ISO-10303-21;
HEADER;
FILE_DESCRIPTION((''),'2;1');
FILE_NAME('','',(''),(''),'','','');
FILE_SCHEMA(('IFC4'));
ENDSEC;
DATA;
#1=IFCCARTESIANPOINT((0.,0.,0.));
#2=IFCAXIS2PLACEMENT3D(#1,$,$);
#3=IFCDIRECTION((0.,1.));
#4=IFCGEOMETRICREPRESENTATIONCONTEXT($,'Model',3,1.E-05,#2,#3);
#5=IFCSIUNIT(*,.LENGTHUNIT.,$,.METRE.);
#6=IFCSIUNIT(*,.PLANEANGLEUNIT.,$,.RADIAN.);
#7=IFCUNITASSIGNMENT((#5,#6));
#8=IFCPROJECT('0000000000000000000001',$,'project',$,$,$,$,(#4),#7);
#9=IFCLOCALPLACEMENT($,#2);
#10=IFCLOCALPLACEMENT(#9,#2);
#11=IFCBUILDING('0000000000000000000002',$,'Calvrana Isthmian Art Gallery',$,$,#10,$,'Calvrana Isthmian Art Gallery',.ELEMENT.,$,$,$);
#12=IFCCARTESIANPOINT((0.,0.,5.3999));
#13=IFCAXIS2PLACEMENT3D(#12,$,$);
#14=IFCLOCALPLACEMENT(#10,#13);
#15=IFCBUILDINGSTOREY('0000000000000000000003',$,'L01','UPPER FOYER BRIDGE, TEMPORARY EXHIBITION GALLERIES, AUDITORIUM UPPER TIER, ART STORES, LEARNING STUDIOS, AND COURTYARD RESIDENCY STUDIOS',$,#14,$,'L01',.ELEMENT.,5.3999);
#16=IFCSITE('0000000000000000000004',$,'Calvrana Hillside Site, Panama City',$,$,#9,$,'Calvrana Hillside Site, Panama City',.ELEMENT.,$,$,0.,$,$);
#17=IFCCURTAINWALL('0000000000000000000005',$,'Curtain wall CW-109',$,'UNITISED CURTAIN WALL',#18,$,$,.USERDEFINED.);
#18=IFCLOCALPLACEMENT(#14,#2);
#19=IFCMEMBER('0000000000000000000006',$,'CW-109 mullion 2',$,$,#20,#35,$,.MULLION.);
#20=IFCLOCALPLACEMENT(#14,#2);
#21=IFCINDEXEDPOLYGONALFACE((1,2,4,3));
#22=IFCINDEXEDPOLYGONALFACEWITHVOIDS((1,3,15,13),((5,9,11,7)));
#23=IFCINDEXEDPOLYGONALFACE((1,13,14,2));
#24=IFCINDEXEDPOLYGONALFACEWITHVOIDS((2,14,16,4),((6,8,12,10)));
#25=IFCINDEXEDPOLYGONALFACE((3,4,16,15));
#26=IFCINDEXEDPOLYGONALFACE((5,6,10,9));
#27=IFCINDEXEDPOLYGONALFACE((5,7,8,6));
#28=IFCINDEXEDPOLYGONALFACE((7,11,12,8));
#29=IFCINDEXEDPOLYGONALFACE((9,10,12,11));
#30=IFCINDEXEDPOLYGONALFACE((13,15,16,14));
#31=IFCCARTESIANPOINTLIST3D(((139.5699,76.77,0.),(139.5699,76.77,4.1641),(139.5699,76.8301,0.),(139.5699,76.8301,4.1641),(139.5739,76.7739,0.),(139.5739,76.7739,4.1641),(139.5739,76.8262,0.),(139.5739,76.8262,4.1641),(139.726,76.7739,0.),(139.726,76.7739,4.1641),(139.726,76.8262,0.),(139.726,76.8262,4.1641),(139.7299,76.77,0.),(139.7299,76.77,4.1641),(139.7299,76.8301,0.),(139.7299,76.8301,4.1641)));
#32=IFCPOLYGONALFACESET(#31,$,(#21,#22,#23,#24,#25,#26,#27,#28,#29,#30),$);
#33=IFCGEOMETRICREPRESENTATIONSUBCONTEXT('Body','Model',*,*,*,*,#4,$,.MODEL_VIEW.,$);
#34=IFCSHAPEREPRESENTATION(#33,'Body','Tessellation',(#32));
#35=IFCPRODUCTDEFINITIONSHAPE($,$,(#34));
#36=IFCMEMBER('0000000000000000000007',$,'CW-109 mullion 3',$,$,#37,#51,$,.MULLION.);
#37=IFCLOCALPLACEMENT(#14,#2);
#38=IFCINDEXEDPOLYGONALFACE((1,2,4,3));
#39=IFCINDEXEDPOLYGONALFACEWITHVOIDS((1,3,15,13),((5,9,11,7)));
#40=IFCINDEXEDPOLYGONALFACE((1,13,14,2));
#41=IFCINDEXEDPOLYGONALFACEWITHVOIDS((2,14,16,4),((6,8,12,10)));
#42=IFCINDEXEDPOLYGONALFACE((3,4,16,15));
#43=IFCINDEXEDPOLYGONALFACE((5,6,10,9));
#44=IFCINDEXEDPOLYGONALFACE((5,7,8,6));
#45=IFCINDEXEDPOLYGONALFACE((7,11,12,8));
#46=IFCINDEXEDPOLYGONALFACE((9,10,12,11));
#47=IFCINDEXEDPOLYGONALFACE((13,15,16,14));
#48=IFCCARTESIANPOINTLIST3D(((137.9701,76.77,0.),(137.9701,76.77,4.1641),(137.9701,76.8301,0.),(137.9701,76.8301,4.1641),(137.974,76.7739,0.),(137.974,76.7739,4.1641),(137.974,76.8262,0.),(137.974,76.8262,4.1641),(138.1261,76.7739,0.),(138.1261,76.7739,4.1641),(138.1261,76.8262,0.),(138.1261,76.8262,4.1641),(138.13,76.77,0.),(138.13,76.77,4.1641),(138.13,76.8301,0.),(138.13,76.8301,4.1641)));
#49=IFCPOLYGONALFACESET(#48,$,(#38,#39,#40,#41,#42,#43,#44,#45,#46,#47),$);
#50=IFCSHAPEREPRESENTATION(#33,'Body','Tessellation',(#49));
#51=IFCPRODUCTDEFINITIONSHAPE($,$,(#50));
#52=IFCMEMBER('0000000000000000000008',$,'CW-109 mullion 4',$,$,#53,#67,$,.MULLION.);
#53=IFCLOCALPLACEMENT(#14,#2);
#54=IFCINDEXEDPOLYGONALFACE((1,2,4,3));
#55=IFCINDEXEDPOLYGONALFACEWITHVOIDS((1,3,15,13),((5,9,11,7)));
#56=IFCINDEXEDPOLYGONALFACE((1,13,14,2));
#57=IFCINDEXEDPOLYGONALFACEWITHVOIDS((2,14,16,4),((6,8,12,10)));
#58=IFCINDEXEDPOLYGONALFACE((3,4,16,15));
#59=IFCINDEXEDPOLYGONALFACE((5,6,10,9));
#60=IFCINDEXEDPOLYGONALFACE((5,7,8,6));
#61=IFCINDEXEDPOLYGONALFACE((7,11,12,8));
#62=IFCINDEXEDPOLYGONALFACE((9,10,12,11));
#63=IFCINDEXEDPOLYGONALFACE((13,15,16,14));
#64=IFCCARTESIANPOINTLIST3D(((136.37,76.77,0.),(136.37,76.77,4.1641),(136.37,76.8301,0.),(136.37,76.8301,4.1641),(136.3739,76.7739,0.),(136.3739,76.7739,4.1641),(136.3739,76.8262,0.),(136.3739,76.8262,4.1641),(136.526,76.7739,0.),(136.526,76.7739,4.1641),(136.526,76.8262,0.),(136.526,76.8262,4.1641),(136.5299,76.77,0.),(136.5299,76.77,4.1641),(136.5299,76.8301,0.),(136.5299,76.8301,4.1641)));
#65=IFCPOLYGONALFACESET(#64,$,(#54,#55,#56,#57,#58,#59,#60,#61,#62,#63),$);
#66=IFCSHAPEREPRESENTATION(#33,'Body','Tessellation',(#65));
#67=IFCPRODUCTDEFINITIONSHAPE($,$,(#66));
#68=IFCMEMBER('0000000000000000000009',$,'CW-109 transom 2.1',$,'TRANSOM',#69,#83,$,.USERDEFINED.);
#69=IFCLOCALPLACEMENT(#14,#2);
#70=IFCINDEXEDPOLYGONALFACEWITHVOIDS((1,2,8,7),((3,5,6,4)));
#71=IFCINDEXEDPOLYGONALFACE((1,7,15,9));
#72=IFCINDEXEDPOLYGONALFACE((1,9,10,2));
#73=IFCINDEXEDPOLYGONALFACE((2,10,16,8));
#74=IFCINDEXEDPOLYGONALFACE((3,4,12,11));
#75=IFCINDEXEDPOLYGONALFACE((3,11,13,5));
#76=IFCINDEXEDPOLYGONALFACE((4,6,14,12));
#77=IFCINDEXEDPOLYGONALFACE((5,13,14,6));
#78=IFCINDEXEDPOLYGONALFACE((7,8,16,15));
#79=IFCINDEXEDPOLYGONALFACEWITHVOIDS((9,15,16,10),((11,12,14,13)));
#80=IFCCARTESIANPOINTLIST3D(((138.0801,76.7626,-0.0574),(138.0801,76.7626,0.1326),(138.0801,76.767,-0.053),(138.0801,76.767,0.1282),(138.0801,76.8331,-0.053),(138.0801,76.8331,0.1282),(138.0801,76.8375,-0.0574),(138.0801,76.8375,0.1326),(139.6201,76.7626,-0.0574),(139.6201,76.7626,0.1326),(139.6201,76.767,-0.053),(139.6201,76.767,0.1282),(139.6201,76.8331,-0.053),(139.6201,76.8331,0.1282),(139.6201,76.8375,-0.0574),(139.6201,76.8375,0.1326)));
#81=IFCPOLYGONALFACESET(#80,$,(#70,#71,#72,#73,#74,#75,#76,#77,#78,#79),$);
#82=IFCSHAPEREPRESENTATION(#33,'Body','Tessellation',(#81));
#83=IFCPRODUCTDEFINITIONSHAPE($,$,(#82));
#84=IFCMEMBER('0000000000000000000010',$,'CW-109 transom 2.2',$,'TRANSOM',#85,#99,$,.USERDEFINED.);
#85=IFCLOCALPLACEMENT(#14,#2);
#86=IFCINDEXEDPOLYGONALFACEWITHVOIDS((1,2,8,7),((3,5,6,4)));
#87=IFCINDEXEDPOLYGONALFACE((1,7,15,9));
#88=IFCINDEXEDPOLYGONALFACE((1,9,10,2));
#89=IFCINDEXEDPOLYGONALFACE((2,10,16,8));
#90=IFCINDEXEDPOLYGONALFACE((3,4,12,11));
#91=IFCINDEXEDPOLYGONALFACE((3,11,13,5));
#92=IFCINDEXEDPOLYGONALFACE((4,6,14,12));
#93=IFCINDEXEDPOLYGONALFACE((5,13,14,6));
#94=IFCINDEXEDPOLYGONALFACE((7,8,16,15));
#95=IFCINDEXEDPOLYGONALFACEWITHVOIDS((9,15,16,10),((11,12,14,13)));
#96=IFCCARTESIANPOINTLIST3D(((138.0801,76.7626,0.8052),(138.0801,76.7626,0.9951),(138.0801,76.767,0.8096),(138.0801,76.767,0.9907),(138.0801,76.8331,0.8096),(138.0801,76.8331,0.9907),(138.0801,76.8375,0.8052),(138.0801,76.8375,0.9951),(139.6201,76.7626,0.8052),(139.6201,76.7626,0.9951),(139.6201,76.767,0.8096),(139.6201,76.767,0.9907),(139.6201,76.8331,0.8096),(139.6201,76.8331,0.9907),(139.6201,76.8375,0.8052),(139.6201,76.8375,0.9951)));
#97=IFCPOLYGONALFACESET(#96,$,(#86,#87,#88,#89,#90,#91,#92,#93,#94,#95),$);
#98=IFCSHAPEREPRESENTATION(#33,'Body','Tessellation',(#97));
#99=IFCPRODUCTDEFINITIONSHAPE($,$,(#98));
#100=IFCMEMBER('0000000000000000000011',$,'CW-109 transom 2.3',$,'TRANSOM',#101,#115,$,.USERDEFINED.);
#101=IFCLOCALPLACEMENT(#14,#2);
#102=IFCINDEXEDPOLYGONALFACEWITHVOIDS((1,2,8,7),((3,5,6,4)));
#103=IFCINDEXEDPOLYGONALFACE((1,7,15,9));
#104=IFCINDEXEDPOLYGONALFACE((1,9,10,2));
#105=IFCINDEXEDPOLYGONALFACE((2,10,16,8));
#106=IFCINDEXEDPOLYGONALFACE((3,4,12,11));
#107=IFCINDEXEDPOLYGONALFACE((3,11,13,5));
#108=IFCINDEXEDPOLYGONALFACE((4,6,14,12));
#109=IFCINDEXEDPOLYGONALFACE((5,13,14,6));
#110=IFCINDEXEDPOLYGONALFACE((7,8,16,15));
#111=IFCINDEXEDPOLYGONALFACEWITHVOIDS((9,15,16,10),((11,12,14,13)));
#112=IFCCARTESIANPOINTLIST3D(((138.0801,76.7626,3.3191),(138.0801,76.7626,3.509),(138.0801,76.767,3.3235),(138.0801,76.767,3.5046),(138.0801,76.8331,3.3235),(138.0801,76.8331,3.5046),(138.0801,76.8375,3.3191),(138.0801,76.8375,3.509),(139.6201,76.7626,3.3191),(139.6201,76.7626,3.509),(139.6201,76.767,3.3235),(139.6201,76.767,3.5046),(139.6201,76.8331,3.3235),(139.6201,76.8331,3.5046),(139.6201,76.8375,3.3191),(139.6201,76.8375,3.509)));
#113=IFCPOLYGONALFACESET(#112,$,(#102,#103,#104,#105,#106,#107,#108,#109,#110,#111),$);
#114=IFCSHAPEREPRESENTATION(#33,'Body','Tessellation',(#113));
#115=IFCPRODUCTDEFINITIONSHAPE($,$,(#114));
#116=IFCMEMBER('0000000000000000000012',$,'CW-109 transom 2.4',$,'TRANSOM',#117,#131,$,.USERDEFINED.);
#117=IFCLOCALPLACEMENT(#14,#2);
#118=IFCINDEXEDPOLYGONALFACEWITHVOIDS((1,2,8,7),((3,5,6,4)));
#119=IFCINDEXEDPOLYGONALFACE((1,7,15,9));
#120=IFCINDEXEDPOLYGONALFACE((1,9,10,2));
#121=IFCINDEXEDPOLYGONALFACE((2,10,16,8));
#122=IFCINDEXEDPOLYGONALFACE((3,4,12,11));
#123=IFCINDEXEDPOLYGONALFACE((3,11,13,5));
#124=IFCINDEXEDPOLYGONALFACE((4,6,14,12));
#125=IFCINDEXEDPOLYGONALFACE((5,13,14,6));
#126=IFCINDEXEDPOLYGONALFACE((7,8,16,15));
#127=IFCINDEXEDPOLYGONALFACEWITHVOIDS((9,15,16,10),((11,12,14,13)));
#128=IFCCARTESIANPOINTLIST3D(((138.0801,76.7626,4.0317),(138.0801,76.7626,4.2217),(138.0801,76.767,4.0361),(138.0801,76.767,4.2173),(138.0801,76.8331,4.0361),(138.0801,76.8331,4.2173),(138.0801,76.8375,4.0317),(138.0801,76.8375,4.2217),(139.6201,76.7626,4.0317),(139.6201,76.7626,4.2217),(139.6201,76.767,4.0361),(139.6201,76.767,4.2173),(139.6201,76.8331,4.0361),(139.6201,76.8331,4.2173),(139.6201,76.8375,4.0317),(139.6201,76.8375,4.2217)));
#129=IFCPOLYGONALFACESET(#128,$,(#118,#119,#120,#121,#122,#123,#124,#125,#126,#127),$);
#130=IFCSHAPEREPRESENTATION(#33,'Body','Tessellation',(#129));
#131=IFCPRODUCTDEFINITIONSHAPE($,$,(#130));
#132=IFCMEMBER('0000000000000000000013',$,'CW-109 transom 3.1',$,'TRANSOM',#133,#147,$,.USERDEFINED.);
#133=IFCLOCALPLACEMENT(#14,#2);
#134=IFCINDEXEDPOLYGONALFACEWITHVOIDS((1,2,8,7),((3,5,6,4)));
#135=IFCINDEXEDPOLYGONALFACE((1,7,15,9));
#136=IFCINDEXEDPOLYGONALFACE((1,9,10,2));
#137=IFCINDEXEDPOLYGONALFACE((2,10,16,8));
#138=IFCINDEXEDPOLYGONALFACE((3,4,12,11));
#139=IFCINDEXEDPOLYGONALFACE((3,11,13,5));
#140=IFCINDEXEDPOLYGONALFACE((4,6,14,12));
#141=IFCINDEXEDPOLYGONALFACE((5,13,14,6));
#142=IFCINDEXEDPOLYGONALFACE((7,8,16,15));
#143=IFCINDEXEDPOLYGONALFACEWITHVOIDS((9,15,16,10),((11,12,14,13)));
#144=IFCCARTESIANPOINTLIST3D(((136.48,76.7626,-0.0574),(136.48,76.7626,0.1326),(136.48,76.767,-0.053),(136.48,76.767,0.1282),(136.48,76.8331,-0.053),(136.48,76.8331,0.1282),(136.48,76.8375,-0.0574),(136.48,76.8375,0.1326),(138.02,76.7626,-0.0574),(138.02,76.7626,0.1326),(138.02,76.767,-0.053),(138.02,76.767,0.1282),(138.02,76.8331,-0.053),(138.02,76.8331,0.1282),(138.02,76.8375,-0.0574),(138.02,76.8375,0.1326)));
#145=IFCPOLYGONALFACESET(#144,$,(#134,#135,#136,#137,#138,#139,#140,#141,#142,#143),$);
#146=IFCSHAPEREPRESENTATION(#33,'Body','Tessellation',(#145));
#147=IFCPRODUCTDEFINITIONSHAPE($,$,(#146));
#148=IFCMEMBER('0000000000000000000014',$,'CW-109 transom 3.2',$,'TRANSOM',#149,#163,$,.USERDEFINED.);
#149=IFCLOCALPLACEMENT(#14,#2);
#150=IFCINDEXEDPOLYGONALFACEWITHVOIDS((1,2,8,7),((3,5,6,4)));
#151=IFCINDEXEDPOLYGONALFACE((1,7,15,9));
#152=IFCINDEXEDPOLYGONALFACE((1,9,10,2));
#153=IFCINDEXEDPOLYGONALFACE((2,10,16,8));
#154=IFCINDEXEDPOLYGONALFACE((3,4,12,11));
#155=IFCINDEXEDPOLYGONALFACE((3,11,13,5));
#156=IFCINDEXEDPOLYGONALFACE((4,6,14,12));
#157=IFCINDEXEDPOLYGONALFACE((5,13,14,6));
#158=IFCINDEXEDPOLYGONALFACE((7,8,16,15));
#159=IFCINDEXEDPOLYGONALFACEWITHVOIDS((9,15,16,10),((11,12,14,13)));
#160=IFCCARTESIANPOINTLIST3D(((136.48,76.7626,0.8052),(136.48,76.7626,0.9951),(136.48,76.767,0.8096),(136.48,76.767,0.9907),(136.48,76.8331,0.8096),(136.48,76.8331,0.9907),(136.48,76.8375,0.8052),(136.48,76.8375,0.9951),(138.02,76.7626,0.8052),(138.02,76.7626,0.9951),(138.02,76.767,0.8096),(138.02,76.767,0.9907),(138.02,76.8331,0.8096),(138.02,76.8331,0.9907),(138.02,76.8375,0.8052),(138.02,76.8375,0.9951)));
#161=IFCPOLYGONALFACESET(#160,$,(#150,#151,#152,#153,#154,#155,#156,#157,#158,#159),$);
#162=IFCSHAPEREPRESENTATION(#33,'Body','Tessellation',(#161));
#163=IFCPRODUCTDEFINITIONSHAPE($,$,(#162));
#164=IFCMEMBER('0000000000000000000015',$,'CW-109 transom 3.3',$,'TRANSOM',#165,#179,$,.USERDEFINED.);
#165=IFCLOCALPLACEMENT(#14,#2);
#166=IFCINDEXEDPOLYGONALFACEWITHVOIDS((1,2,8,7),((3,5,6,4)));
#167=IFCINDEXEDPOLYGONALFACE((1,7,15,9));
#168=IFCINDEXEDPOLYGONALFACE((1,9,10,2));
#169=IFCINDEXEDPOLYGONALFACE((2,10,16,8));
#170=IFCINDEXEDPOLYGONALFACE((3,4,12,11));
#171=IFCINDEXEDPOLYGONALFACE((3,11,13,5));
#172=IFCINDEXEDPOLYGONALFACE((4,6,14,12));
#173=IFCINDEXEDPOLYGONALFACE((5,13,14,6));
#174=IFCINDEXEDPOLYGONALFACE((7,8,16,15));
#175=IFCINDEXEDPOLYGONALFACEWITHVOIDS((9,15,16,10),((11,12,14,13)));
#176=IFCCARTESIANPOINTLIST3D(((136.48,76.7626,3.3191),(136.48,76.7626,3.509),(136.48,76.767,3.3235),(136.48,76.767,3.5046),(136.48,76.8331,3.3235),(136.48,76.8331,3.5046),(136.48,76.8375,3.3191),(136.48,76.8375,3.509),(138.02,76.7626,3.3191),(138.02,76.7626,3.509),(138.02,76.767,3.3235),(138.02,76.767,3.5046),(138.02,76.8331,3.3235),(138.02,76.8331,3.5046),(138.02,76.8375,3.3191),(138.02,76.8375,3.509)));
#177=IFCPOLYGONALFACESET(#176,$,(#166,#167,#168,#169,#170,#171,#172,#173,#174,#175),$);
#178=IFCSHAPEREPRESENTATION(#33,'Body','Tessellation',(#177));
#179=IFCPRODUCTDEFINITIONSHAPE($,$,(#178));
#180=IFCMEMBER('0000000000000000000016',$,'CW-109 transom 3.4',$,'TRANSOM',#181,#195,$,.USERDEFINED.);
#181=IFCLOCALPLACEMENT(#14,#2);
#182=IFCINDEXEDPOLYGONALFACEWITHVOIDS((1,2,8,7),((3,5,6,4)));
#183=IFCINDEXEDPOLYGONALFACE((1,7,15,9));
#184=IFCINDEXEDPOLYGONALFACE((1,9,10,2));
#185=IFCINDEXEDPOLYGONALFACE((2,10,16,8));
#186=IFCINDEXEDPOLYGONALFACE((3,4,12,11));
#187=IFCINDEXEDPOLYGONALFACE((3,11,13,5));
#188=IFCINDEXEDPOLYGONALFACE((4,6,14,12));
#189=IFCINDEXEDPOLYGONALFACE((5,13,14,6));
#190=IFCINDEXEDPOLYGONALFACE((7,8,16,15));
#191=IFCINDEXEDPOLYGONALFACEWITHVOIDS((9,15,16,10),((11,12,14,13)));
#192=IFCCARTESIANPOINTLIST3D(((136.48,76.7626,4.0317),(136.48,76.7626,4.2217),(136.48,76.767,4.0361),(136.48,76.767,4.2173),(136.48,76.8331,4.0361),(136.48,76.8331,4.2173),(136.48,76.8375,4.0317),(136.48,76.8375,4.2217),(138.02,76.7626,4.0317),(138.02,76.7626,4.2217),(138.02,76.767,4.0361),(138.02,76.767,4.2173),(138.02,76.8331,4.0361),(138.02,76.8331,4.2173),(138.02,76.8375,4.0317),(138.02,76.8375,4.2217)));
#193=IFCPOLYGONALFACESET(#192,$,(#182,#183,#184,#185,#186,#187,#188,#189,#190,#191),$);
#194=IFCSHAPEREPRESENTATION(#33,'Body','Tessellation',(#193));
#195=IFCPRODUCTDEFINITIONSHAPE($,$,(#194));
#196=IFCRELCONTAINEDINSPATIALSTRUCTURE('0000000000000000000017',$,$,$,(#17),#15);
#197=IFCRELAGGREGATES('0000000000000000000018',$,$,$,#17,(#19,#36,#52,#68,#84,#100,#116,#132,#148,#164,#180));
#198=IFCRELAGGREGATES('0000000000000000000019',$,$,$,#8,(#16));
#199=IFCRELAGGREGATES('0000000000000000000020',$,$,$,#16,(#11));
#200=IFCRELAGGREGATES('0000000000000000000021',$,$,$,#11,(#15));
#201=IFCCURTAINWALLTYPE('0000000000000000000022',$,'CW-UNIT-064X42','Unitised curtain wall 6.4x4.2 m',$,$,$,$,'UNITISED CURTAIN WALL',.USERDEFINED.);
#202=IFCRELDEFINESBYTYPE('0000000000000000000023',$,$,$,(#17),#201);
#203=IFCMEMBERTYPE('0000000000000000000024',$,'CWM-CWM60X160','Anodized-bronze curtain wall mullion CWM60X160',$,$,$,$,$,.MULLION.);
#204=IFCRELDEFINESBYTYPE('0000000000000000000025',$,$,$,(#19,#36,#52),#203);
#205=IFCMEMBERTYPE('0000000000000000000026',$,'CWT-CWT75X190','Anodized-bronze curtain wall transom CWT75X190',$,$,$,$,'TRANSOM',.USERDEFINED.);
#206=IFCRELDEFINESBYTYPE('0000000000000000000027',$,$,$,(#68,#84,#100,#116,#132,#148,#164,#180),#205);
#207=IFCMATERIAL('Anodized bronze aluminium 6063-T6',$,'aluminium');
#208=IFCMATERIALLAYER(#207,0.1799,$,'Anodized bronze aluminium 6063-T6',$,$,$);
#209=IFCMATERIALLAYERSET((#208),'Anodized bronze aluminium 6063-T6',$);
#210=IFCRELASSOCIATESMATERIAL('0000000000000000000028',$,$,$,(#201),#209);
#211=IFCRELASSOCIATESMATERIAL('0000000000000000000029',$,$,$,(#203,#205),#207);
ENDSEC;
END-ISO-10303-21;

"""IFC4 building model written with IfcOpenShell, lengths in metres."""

from ifc_helpers import new_model, si_unit, direction, frame, origin, origin_2d, place, context, subcontext, project, spatial, hollow_rectangle, extrude, material, layer, layer_set, material_profile, profile_set, type_object, element, aggregate, save


model = new_model("IFC4")

# Units and contexts
model_context = context("Model", 3, precision=1e-05, world=origin(), true_north=direction((0.0, 1.0)))
body_context = subcontext(model_context, "Body", "Model", "MODEL_VIEW")
ifc_project = project(units=[si_unit("LENGTHUNIT", "METRE"), si_unit("PLANEANGLEUNIT", "RADIAN")], contexts=[model_context])

# Site, building, storey
site_placement = place(None, origin())
site = spatial("IfcSite", under=ifc_project, at=site_placement, Name="Calvrana Hillside Site, Panama City", LongName="Calvrana Hillside Site, Panama City", CompositionType="ELEMENT", RefElevation=0.0)
building_placement = place(site_placement, origin())
building = spatial("IfcBuilding", under=site, at=building_placement, Name="Calvrana Isthmian Art Gallery", LongName="Calvrana Isthmian Art Gallery", CompositionType="ELEMENT")
storey_placement = place(building_placement, frame((0.0, 0.0, 5.3999)))
storey = spatial("IfcBuildingStorey", under=building, at=storey_placement, Name="L01", Description="UPPER FOYER BRIDGE, TEMPORARY EXHIBITION GALLERIES, AUDITORIUM UPPER TIER, ART STORES, LEARNING STUDIOS, AND COURTYARD RESIDENCY STUDIOS", LongName="L01", CompositionType="ELEMENT", Elevation=5.3999)

# Curtain wall, members
ifc_material_1 = material(Name="Anodized bronze aluminium 6063-T6", Category="aluminium")
ifc_layer_1 = layer(ifc_material_1, 0.1799, Name="Anodized bronze aluminium 6063-T6")
ifc_layer_set_1 = layer_set([ifc_layer_1], Name="Anodized bronze aluminium 6063-T6")
curtain_wall_type = type_object("IfcCurtainWallType", Name="CW-UNIT-064X42", Description="Unitised curtain wall 6.4x4.2 m", ElementType="UNITISED CURTAIN WALL", PredefinedType="USERDEFINED", material=ifc_layer_set_1)
curtain_wall_placement = place(storey_placement, origin())
curtain_wall = element("IfcCurtainWall", 1, at=curtain_wall_placement, inside=storey, type_object=curtain_wall_type, Name="Curtain wall CW-109", ObjectType="UNITISED CURTAIN WALL", PredefinedType="USERDEFINED")
ifc_material_profile_1 = material_profile(ifc_material_1, hollow_rectangle(XDim=0.0601, YDim=0.1599, WallThickness=0.0039, at=origin_2d()), Name="CWM60X160")
ifc_profile_set_1 = profile_set([ifc_material_profile_1], Name="Anodized bronze aluminium 6063-T6")
member_type_1 = type_object("IfcMemberType", Name="CWM-CWM60X160", Description="Anodized-bronze curtain wall mullion CWM60X160", PredefinedType="MULLION", material=ifc_profile_set_1)
member_1_placement = place(storey_placement, frame((139.6499, 76.8, 0.0), z_axis=(0.0, 0.0, 1.0), x_axis=(0.0, -1.0, 0.0)))
member_1 = element("IfcMember", 2, at=member_1_placement, type_object=member_type_1, Name="CW-109 mullion 2", PredefinedType="MULLION", context=body_context, shape_type="SweptSolid", body=[
    extrude(hollow_rectangle(XDim=0.0601, YDim=0.1599, WallThickness=0.0039, at=origin_2d()), origin(), (0.0, 0.0, 1.0), 4.1641),
])
member_2_placement = place(storey_placement, frame((138.05, 76.8, 0.0), z_axis=(0.0, 0.0, 1.0), x_axis=(0.0, -1.0, 0.0)))
member_2 = element("IfcMember", 3, at=member_2_placement, type_object=member_type_1, Name="CW-109 mullion 3", PredefinedType="MULLION", context=body_context, shape_type="SweptSolid", body=[
    extrude(hollow_rectangle(XDim=0.0601, YDim=0.1599, WallThickness=0.0039, at=origin_2d()), origin(), (0.0, 0.0, 1.0), 4.1641),
])
member_3_placement = place(storey_placement, frame((136.45, 76.8, 0.0), z_axis=(0.0, 0.0, 1.0), x_axis=(0.0, -1.0, 0.0)))
member_3 = element("IfcMember", 4, at=member_3_placement, type_object=member_type_1, Name="CW-109 mullion 4", PredefinedType="MULLION", context=body_context, shape_type="SweptSolid", body=[
    extrude(hollow_rectangle(XDim=0.0601, YDim=0.1599, WallThickness=0.0039, at=origin_2d()), origin(), (0.0, 0.0, 1.0), 4.1641),
])
ifc_material_profile_2 = material_profile(ifc_material_1, hollow_rectangle(XDim=0.075, YDim=0.1899, WallThickness=0.0044, at=origin_2d()), Name="CWT75X190")
ifc_profile_set_2 = profile_set([ifc_material_profile_2], Name="Anodized bronze aluminium 6063-T6")
member_type_2 = type_object("IfcMemberType", Name="CWT-CWT75X190", Description="Anodized-bronze curtain wall transom CWT75X190", ElementType="TRANSOM", PredefinedType="USERDEFINED", material=ifc_profile_set_2)
member_4_placement = place(storey_placement, frame((139.6201, 76.8, 0.0376), z_axis=(-1.0, 0.0, 0.0), x_axis=(0.0, -1.0, 0.0)))
member_4 = element("IfcMember", 5, at=member_4_placement, type_object=member_type_2, Name="CW-109 transom 2.1", ObjectType="TRANSOM", PredefinedType="USERDEFINED", context=body_context, shape_type="SweptSolid", body=[
    extrude(hollow_rectangle(XDim=0.075, YDim=0.1899, WallThickness=0.0044, at=origin_2d()), origin(), (0.0, 0.0, 1.0), 1.54),
])
member_5_placement = place(storey_placement, frame((139.6201, 76.8, 0.9001), z_axis=(-1.0, 0.0, 0.0), x_axis=(0.0, -1.0, 0.0)))
member_5 = element("IfcMember", 6, at=member_5_placement, type_object=member_type_2, Name="CW-109 transom 2.2", ObjectType="TRANSOM", PredefinedType="USERDEFINED", context=body_context, shape_type="SweptSolid", body=[
    extrude(hollow_rectangle(XDim=0.075, YDim=0.1899, WallThickness=0.0044, at=origin_2d()), origin(), (0.0, 0.0, 1.0), 1.54),
])
member_6_placement = place(storey_placement, frame((139.6201, 76.8, 3.4141), z_axis=(-1.0, 0.0, 0.0), x_axis=(0.0, -1.0, 0.0)))
member_6 = element("IfcMember", 7, at=member_6_placement, type_object=member_type_2, Name="CW-109 transom 2.3", ObjectType="TRANSOM", PredefinedType="USERDEFINED", context=body_context, shape_type="SweptSolid", body=[
    extrude(hollow_rectangle(XDim=0.075, YDim=0.1899, WallThickness=0.0044, at=origin_2d()), origin(), (0.0, 0.0, 1.0), 1.54),
])
member_7_placement = place(storey_placement, frame((139.6201, 76.8, 4.1267), z_axis=(-1.0, 0.0, 0.0), x_axis=(0.0, -1.0, 0.0)))
member_7 = element("IfcMember", 8, at=member_7_placement, type_object=member_type_2, Name="CW-109 transom 2.4", ObjectType="TRANSOM", PredefinedType="USERDEFINED", context=body_context, shape_type="SweptSolid", body=[
    extrude(hollow_rectangle(XDim=0.075, YDim=0.1899, WallThickness=0.0044, at=origin_2d()), origin(), (0.0, 0.0, 1.0), 1.54),
])
member_8_placement = place(storey_placement, frame((138.02, 76.8, 0.0376), z_axis=(-1.0, 0.0, 0.0), x_axis=(0.0, -1.0, 0.0)))
member_8 = element("IfcMember", 9, at=member_8_placement, type_object=member_type_2, Name="CW-109 transom 3.1", ObjectType="TRANSOM", PredefinedType="USERDEFINED", context=body_context, shape_type="SweptSolid", body=[
    extrude(hollow_rectangle(XDim=0.075, YDim=0.1899, WallThickness=0.0044, at=origin_2d()), origin(), (0.0, 0.0, 1.0), 1.54),
])
member_9_placement = place(storey_placement, frame((138.02, 76.8, 0.9001), z_axis=(-1.0, 0.0, 0.0), x_axis=(0.0, -1.0, 0.0)))
member_9 = element("IfcMember", 10, at=member_9_placement, type_object=member_type_2, Name="CW-109 transom 3.2", ObjectType="TRANSOM", PredefinedType="USERDEFINED", context=body_context, shape_type="SweptSolid", body=[
    extrude(hollow_rectangle(XDim=0.075, YDim=0.1899, WallThickness=0.0044, at=origin_2d()), origin(), (0.0, 0.0, 1.0), 1.54),
])
member_10_placement = place(storey_placement, frame((138.02, 76.8, 3.4141), z_axis=(-1.0, 0.0, 0.0), x_axis=(0.0, -1.0, 0.0)))
member_10 = element("IfcMember", 11, at=member_10_placement, type_object=member_type_2, Name="CW-109 transom 3.3", ObjectType="TRANSOM", PredefinedType="USERDEFINED", context=body_context, shape_type="SweptSolid", body=[
    extrude(hollow_rectangle(XDim=0.075, YDim=0.1899, WallThickness=0.0044, at=origin_2d()), origin(), (0.0, 0.0, 1.0), 1.54),
])
member_11_placement = place(storey_placement, frame((138.02, 76.8, 4.1267), z_axis=(-1.0, 0.0, 0.0), x_axis=(0.0, -1.0, 0.0)))
member_11 = element("IfcMember", 12, at=member_11_placement, type_object=member_type_2, Name="CW-109 transom 3.4", ObjectType="TRANSOM", PredefinedType="USERDEFINED", context=body_context, shape_type="SweptSolid", body=[
    extrude(hollow_rectangle(XDim=0.075, YDim=0.1899, WallThickness=0.0044, at=origin_2d()), origin(), (0.0, 0.0, 1.0), 1.54),
])
aggregate(curtain_wall, [member_1, member_2, member_3, member_4, member_5, member_6, member_7, member_8, member_9, member_10, member_11])

save(model, "model.ifc")
